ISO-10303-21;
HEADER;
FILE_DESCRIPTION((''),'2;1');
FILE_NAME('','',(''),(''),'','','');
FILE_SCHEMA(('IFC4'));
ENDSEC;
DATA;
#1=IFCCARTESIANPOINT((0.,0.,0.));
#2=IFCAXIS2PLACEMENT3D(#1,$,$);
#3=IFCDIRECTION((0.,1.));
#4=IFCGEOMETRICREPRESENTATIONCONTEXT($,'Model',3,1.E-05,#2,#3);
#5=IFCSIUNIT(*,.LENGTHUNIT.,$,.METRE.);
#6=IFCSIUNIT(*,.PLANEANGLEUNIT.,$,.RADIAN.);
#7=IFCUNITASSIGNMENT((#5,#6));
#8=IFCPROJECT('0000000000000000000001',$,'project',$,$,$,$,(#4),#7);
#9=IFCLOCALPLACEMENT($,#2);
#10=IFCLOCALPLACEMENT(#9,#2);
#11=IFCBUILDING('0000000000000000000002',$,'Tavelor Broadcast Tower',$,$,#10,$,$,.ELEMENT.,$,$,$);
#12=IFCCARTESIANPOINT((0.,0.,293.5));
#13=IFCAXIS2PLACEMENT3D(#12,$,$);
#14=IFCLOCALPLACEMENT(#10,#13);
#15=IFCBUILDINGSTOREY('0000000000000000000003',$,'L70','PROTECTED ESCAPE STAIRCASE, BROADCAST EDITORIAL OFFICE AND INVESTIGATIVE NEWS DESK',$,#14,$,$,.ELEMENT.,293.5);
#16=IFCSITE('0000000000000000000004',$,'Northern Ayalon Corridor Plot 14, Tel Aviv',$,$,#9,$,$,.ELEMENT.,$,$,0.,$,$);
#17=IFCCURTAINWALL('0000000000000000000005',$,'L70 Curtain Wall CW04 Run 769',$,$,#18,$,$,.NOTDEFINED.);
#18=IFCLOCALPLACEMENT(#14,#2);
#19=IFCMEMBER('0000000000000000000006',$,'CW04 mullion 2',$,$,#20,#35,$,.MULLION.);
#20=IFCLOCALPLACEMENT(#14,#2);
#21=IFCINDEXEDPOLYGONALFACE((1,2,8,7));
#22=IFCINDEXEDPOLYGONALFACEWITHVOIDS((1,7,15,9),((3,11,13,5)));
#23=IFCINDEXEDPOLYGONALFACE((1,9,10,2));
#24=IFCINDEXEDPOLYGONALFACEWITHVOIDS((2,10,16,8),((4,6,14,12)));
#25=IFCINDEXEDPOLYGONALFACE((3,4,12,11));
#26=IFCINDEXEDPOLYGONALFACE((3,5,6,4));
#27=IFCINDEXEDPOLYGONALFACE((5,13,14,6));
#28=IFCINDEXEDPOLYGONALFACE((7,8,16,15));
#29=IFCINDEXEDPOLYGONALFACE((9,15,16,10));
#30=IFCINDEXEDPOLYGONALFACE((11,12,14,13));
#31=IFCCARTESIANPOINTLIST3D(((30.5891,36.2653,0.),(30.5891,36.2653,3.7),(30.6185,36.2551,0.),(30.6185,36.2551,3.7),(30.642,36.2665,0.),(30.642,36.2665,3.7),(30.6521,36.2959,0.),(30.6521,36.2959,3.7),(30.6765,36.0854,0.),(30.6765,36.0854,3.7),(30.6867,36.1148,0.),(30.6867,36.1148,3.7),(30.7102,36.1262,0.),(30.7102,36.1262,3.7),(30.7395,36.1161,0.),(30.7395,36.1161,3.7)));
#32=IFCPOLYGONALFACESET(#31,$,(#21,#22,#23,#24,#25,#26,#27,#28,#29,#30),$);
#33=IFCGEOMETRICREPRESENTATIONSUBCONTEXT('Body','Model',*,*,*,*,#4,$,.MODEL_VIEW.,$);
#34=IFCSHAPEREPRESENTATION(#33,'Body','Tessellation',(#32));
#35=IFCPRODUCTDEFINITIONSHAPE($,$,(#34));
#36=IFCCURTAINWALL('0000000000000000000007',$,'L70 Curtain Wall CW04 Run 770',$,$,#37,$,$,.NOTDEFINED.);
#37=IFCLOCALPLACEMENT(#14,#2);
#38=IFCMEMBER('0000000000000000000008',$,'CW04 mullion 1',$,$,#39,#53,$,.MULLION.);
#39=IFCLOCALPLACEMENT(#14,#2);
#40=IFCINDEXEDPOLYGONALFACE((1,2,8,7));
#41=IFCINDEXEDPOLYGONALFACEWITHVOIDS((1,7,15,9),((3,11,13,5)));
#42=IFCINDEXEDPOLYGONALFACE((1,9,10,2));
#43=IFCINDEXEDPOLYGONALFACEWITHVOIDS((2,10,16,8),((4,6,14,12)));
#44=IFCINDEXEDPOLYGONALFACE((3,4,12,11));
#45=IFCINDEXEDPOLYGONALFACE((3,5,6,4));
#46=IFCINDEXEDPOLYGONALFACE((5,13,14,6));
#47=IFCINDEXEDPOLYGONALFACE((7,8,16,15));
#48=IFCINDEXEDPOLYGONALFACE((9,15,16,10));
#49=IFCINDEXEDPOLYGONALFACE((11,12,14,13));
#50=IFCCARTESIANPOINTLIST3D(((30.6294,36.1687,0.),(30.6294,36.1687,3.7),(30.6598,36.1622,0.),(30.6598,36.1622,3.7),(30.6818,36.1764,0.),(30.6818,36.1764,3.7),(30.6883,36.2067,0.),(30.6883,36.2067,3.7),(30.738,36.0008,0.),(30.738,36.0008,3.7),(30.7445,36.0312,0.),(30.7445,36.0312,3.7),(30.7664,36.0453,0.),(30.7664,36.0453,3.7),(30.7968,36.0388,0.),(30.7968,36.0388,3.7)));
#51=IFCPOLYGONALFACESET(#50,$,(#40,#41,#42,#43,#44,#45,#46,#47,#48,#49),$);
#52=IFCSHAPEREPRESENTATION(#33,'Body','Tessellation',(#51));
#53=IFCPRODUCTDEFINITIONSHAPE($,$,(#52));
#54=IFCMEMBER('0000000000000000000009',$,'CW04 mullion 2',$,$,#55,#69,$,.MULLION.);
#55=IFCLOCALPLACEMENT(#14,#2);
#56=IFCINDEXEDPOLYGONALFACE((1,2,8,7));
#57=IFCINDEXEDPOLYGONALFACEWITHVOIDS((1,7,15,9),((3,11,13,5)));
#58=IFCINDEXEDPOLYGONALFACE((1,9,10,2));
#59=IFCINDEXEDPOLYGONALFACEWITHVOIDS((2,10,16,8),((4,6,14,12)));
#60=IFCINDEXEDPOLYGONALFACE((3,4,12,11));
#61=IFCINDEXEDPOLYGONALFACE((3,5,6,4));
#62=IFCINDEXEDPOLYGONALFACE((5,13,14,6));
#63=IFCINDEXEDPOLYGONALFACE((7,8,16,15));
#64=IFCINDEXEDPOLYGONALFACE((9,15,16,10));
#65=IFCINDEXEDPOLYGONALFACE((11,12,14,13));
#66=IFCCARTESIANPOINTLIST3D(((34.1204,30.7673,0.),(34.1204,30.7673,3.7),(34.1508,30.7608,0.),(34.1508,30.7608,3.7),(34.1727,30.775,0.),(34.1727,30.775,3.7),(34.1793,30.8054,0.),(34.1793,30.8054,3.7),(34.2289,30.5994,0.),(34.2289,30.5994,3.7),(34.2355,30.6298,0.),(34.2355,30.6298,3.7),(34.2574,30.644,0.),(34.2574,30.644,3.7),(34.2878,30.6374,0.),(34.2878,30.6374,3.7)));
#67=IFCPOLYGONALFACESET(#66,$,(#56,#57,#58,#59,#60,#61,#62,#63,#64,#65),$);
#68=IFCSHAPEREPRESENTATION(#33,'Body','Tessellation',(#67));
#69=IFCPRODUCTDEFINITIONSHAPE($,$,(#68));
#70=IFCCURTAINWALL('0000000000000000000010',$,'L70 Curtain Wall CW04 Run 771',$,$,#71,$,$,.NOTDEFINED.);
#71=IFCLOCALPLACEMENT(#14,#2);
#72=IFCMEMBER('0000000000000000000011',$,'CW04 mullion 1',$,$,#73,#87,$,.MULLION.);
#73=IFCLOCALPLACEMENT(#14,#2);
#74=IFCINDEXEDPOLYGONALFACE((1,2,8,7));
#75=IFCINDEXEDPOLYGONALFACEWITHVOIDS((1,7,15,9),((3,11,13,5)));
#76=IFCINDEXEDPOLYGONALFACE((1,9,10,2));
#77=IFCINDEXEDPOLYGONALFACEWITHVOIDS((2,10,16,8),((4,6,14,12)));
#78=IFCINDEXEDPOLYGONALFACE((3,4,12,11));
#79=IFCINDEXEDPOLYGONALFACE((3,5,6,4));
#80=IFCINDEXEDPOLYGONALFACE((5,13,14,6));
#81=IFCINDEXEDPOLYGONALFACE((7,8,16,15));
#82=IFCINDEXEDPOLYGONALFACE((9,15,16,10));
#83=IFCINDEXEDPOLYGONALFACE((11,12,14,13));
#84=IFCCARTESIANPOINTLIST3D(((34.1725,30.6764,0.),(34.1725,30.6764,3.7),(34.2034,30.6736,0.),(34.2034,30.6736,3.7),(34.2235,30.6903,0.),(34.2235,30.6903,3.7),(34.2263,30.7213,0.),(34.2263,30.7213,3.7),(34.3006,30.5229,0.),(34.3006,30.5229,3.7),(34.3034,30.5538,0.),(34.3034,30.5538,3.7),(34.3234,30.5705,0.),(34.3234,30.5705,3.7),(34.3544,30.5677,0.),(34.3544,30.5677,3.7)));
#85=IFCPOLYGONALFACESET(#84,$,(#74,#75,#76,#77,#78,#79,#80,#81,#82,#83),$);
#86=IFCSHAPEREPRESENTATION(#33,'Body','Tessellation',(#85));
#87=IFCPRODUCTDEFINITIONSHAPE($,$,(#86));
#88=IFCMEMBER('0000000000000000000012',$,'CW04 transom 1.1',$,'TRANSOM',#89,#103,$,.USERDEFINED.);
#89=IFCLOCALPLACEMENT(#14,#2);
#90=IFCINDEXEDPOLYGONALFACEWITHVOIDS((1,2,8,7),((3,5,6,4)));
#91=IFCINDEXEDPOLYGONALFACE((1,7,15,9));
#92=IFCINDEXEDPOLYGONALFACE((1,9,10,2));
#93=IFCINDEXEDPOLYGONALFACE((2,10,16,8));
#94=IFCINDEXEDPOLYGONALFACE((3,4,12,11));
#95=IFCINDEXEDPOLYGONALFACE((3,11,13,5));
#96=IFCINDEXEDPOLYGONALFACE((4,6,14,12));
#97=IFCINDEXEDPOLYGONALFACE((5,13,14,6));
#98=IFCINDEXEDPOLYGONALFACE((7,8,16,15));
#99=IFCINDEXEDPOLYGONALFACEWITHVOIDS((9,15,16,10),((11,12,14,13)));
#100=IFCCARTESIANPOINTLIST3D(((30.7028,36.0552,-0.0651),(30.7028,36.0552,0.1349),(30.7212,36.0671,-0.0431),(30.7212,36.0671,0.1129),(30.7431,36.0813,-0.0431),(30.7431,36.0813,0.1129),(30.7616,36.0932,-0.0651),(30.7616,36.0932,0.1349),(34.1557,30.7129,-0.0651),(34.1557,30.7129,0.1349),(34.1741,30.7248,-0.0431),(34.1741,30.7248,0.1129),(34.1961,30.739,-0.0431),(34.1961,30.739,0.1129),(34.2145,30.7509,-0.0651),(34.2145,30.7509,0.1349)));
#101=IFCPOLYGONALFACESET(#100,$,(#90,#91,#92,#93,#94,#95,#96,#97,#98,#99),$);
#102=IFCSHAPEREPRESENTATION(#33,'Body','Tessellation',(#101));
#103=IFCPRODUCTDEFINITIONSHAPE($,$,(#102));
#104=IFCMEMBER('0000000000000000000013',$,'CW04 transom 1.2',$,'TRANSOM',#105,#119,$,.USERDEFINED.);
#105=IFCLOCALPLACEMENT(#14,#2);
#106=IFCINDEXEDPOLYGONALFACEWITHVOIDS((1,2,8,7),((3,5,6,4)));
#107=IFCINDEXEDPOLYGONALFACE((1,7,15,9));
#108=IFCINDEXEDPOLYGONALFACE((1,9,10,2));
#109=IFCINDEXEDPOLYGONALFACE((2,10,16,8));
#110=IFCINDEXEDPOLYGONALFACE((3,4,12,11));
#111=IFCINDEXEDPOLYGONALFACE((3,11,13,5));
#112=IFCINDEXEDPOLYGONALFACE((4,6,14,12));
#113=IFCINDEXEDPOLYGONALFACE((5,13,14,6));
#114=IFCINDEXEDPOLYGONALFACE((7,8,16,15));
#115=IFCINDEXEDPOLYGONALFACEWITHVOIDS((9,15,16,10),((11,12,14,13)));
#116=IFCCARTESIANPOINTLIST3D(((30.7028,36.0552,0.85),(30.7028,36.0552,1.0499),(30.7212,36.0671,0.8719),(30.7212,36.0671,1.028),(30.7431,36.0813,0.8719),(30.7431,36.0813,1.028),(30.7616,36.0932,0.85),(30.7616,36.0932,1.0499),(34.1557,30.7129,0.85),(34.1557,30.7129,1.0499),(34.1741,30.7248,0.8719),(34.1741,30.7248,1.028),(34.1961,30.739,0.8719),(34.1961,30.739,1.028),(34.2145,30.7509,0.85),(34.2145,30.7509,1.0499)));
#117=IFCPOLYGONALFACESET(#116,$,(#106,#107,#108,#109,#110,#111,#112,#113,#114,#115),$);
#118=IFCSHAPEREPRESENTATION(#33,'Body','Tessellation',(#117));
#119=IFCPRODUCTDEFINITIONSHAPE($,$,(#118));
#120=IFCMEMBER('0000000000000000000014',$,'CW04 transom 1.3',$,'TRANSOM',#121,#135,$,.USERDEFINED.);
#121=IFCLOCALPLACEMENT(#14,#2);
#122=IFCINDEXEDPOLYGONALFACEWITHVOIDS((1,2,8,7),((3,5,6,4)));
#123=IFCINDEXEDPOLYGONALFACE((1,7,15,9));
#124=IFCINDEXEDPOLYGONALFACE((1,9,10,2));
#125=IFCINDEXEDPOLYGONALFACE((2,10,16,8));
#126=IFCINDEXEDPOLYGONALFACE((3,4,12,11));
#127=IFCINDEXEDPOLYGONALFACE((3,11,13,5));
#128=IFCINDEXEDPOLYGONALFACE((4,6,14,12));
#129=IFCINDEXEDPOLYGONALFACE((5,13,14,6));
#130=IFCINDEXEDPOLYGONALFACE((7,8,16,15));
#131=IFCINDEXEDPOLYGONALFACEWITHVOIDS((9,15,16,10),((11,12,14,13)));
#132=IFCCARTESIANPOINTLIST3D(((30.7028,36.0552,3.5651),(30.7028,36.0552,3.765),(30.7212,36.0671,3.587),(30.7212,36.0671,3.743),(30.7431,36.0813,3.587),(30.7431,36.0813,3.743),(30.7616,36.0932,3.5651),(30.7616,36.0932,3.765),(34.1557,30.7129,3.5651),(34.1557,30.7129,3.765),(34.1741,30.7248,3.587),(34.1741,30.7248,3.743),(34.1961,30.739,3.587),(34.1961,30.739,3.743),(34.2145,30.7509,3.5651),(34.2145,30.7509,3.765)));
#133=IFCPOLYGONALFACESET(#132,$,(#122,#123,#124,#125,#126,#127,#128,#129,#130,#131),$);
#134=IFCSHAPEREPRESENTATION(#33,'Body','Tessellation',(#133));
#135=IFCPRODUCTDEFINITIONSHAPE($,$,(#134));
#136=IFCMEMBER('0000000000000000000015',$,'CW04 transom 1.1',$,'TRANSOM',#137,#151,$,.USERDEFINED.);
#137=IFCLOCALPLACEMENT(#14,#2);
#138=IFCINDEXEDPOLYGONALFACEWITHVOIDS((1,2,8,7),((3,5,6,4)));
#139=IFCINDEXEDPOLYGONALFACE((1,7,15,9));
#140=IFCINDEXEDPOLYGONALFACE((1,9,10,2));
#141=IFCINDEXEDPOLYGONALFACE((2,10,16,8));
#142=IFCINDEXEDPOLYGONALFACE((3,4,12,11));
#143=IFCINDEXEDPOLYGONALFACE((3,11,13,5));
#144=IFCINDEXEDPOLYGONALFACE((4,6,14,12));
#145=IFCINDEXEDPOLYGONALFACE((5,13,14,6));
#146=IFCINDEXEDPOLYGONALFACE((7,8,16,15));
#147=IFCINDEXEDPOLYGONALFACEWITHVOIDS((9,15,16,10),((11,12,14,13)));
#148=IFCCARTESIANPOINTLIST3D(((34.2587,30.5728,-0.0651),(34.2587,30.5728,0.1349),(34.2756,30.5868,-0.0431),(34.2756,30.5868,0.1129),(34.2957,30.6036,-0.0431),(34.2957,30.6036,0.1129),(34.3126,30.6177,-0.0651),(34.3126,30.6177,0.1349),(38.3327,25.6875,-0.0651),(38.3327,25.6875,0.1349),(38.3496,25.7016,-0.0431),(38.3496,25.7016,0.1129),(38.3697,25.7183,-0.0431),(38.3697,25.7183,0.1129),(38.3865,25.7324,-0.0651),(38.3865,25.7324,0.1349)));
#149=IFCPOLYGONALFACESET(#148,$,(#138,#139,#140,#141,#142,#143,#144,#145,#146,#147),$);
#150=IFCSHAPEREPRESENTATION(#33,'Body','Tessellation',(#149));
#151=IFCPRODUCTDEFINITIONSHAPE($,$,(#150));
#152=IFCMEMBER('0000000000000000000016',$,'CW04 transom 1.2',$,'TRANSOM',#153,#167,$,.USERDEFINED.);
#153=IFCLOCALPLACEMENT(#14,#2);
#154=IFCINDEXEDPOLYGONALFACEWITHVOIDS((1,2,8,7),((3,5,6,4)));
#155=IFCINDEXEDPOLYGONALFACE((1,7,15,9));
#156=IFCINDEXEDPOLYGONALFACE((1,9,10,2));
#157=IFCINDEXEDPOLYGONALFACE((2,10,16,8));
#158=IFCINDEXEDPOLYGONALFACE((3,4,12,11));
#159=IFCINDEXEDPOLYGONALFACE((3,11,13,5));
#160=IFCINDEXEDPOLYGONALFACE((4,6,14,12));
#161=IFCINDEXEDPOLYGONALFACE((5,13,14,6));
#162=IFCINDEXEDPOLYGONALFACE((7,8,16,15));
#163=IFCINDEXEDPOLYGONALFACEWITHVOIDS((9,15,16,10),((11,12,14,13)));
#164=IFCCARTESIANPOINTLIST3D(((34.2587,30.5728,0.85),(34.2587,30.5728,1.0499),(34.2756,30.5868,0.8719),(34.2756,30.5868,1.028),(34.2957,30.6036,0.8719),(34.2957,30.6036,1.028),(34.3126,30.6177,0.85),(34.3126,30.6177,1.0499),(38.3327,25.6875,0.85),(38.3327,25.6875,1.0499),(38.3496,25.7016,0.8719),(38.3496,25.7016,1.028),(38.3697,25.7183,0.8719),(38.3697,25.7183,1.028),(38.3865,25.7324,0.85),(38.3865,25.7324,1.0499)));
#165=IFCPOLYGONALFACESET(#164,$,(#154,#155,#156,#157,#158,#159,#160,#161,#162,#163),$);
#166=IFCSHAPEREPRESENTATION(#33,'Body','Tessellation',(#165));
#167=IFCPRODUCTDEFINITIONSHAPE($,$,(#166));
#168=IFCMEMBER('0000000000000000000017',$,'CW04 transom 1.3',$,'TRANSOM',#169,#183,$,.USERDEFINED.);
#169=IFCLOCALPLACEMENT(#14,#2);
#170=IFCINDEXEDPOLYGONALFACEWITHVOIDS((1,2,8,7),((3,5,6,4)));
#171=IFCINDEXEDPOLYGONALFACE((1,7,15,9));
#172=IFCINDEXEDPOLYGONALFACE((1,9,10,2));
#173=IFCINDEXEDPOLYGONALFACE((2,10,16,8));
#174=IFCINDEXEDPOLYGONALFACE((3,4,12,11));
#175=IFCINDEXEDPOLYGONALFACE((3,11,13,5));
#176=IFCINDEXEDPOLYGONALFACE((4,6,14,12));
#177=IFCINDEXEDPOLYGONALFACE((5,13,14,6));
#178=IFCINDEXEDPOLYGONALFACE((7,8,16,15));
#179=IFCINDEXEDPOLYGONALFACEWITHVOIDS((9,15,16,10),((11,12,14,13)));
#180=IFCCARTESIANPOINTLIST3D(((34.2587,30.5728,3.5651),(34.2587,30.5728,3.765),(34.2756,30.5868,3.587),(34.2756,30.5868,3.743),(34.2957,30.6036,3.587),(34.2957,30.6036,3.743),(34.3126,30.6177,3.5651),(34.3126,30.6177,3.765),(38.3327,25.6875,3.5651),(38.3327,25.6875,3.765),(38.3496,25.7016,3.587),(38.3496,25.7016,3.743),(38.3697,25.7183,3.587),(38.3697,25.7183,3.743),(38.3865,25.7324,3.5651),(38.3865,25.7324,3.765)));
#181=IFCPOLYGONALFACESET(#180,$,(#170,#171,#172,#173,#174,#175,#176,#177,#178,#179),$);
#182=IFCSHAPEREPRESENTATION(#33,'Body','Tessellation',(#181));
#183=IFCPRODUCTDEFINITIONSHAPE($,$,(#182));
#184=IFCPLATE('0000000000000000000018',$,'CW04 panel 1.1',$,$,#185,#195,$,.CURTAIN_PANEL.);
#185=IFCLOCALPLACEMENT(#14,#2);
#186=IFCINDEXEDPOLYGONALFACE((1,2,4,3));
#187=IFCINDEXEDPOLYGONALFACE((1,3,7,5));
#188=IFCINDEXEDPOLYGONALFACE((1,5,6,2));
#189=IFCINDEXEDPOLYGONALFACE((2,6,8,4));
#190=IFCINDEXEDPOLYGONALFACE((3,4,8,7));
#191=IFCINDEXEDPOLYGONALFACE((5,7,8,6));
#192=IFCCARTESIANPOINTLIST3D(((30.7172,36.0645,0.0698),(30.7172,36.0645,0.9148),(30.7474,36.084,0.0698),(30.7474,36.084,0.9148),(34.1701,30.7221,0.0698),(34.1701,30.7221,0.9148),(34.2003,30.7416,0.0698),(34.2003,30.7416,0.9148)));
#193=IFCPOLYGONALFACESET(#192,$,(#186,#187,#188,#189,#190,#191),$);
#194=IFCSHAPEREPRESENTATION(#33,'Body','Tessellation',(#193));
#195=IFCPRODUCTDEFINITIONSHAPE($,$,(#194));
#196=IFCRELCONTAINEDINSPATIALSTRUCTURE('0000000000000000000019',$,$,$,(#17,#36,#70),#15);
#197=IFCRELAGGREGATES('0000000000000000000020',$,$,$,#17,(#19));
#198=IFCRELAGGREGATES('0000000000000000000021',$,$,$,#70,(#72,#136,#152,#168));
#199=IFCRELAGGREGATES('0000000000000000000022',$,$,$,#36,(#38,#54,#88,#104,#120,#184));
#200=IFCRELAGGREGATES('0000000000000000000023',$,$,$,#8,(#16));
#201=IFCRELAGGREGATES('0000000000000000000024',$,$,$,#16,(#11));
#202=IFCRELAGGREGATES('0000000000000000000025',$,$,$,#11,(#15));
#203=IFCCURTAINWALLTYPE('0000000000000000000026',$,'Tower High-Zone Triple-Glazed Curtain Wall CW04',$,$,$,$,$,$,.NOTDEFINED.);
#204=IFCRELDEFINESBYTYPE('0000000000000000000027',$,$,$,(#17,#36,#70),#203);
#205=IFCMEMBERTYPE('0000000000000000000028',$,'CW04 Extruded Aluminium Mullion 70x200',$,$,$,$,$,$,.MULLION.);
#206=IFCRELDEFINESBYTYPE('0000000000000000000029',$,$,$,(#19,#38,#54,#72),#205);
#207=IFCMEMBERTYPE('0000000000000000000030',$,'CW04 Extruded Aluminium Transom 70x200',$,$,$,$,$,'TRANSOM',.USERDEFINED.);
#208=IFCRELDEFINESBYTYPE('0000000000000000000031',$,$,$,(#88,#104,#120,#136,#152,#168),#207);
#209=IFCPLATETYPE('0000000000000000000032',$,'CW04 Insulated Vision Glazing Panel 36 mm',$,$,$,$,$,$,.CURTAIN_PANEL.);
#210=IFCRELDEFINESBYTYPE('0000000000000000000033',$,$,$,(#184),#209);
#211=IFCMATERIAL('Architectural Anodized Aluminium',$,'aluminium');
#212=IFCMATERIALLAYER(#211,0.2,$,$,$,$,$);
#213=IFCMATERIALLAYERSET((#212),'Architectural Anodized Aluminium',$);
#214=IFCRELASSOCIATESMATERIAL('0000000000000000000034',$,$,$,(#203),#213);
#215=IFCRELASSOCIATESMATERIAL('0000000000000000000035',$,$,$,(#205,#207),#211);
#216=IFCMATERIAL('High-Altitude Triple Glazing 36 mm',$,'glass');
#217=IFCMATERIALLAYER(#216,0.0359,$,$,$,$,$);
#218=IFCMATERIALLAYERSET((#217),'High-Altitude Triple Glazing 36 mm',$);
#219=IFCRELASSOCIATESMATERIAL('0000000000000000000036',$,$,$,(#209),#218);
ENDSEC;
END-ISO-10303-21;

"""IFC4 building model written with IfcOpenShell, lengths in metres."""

from ifc_helpers import new_model, si_unit, direction, frame, origin, origin_2d, place, context, subcontext, project, spatial, rectangle, hollow_rectangle, extrude, source, transform, mapped, material, layer, layer_set, material_profile, profile_set, type_object, type_shapes, element, aggregate, save


model = new_model("IFC4")

# Units and contexts
model_context = context("Model", 3, precision=1e-05, world=origin(), true_north=direction((0.0, 1.0)))
body_context = subcontext(model_context, "Body", "Model", "MODEL_VIEW")
ifc_project = project(units=[si_unit("LENGTHUNIT", "METRE"), si_unit("PLANEANGLEUNIT", "RADIAN")], contexts=[model_context])

# Site, building, storey
site_placement = place(None, origin())
site = spatial("IfcSite", under=ifc_project, at=site_placement, Name="Northern Ayalon Corridor Plot 14, Tel Aviv", CompositionType="ELEMENT", RefElevation=0.0)
building_placement = place(site_placement, origin())
building = spatial("IfcBuilding", under=site, at=building_placement, Name="Tavelor Broadcast Tower", CompositionType="ELEMENT")
storey_placement = place(building_placement, frame((0.0, 0.0, 293.5)))
storey = spatial("IfcBuildingStorey", under=building, at=storey_placement, Name="L70", Description="PROTECTED ESCAPE STAIRCASE, BROADCAST EDITORIAL OFFICE AND INVESTIGATIVE NEWS DESK", CompositionType="ELEMENT", Elevation=293.5)

# Curtain wall, member
ifc_material_1 = material(Name="Architectural Anodized Aluminium", Category="aluminium")
ifc_layer_1 = layer(ifc_material_1, 0.2)
ifc_layer_set_1 = layer_set([ifc_layer_1], Name="Architectural Anodized Aluminium")
curtain_wall_type = type_object("IfcCurtainWallType", Name="Tower High-Zone Triple-Glazed Curtain Wall CW04", PredefinedType="NOTDEFINED", material=ifc_layer_set_1)
curtain_wall_1_placement = place(storey_placement, origin())
curtain_wall_1 = element("IfcCurtainWall", 1, at=curtain_wall_1_placement, inside=storey, type_object=curtain_wall_type, Name="L70 Curtain Wall CW04 Run 769", PredefinedType="NOTDEFINED")
ifc_material_profile_1 = material_profile(ifc_material_1, hollow_rectangle(XDim=0.0701, YDim=0.2, WallThickness=0.022, at=origin_2d()), Name="RHS 70x200x22")
ifc_profile_set_1 = profile_set([ifc_material_profile_1], Name="Architectural Anodized Aluminium")
member_type_1 = type_object("IfcMemberType", Name="CW04 Extruded Aluminium Mullion 70x200", PredefinedType="MULLION", material=ifc_profile_set_1)
shared_shape_1 = source(origin(), body_context, "Body", "SweptSolid", [
    extrude(hollow_rectangle(XDim=0.0701, YDim=0.2, WallThickness=0.022, at=origin_2d()), origin(), (0.0, 0.0, 1.0), 3.7),
])
type_shapes(member_type_1, [shared_shape_1])
member_1_placement = place(storey_placement, frame((30.6643, 36.1907, 0.0), z_axis=(0.0, 0.0, 1.0), x_axis=(0.899371, 0.437186, 0.0)))
member_1 = element("IfcMember", 2, at=member_1_placement, type_object=member_type_1, Name="CW04 mullion 2", PredefinedType="MULLION", context=body_context, shape_type="MappedRepresentation", body=[
    mapped(shared_shape_1, transform((0.0, 0.0, 0.0), scale=1.0)),
])
aggregate(curtain_wall_1, [member_1])

# Curtain wall, members
curtain_wall_2_placement = place(storey_placement, origin())
curtain_wall_2 = element("IfcCurtainWall", 3, at=curtain_wall_2_placement, inside=storey, type_object=curtain_wall_type, Name="L70 Curtain Wall CW04 Run 770", PredefinedType="NOTDEFINED")
member_2_placement = place(storey_placement, frame((30.7131, 36.1038, 0.0), z_axis=(0.0, 0.0, 1.0), x_axis=(0.839854, 0.542813, 0.0)))
member_2 = element("IfcMember", 4, at=member_2_placement, type_object=member_type_1, Name="CW04 mullion 1", PredefinedType="MULLION", context=body_context, shape_type="MappedRepresentation", body=[
    mapped(shared_shape_1, transform((0.0, 0.0, 0.0), scale=1.0)),
])
member_3_placement = place(storey_placement, frame((34.2041, 30.7024, 0.0), z_axis=(0.0, 0.0, 1.0), x_axis=(0.839854, 0.542813, 0.0)))
member_3 = element("IfcMember", 5, at=member_3_placement, type_object=member_type_1, Name="CW04 mullion 2", PredefinedType="MULLION", context=body_context, shape_type="MappedRepresentation", body=[
    mapped(shared_shape_1, transform((0.0, 0.0, 0.0), scale=1.0)),
])

# Curtain wall, member
curtain_wall_3_placement = place(storey_placement, origin())
curtain_wall_3 = element("IfcCurtainWall", 6, at=curtain_wall_3_placement, inside=storey, type_object=curtain_wall_type, Name="L70 Curtain Wall CW04 Run 771", PredefinedType="NOTDEFINED")
member_4_placement = place(storey_placement, frame((34.2634, 30.6221, 0.0), z_axis=(0.0, 0.0, 1.0), x_axis=(0.767999, 0.640451, 0.0)))
member_4 = element("IfcMember", 7, at=member_4_placement, type_object=member_type_1, Name="CW04 mullion 1", PredefinedType="MULLION", context=body_context, shape_type="MappedRepresentation", body=[
    mapped(shared_shape_1, transform((0.0, 0.0, 0.0), scale=1.0)),
])

# Members
ifc_material_profile_2 = material_profile(ifc_material_1, hollow_rectangle(XDim=0.0701, YDim=0.2, WallThickness=0.022, at=origin_2d()), Name="RHS 70x200x22")
ifc_profile_set_2 = profile_set([ifc_material_profile_2], Name="Architectural Anodized Aluminium")
member_type_2 = type_object("IfcMemberType", Name="CW04 Extruded Aluminium Transom 70x200", ElementType="TRANSOM", PredefinedType="USERDEFINED", material=ifc_profile_set_2)
shared_shape_2 = source(origin(), body_context, "Body", "SweptSolid", [
    extrude(hollow_rectangle(XDim=0.0701, YDim=0.2, WallThickness=0.022, at=origin_2d()), origin(), (0.0, 0.0, 1.0), 6.3611),
])
type_shapes(member_type_2, [shared_shape_2])
member_5_placement = place(storey_placement, frame((30.7322, 36.0742, 0.0349), z_axis=(0.54282, -0.839849, 0.0), x_axis=(0.839849, 0.54282, 0.0)))
member_5 = element("IfcMember", 8, at=member_5_placement, type_object=member_type_2, Name="CW04 transom 1.1", ObjectType="TRANSOM", PredefinedType="USERDEFINED", context=body_context, shape_type="MappedRepresentation", body=[
    mapped(shared_shape_2, transform((0.0, 0.0, 0.0), scale=1.0)),
])
member_6_placement = place(storey_placement, frame((30.7322, 36.0742, 0.95), z_axis=(0.54282, -0.839849, 0.0), x_axis=(0.839849, 0.54282, 0.0)))
member_6 = element("IfcMember", 9, at=member_6_placement, type_object=member_type_2, Name="CW04 transom 1.2", ObjectType="TRANSOM", PredefinedType="USERDEFINED", context=body_context, shape_type="MappedRepresentation", body=[
    mapped(shared_shape_2, transform((0.0, 0.0, 0.0), scale=1.0)),
])
member_7_placement = place(storey_placement, frame((30.7322, 36.0742, 3.665), z_axis=(0.54282, -0.839849, 0.0), x_axis=(0.839849, 0.54282, 0.0)))
member_7 = element("IfcMember", 10, at=member_7_placement, type_object=member_type_2, Name="CW04 transom 1.3", ObjectType="TRANSOM", PredefinedType="USERDEFINED", context=body_context, shape_type="MappedRepresentation", body=[
    mapped(shared_shape_2, transform((0.0, 0.0, 0.0), scale=1.0)),
])
member_8_placement = place(storey_placement, frame((34.2856, 30.5952, 0.0349), z_axis=(0.640456, -0.767995, 0.0), x_axis=(0.767995, 0.640456, 0.0)))
member_8 = element("IfcMember", 11, at=member_8_placement, type_object=member_type_2, Name="CW04 transom 1.1", ObjectType="TRANSOM", PredefinedType="USERDEFINED", context=body_context, shape_type="MappedRepresentation", body=[
    mapped(shared_shape_2, transform((0.0, 0.0, 0.0), scale=1.0)),
])
member_9_placement = place(storey_placement, frame((34.2856, 30.5952, 0.95), z_axis=(0.640456, -0.767995, 0.0), x_axis=(0.767995, 0.640456, 0.0)))
member_9 = element("IfcMember", 12, at=member_9_placement, type_object=member_type_2, Name="CW04 transom 1.2", ObjectType="TRANSOM", PredefinedType="USERDEFINED", context=body_context, shape_type="MappedRepresentation", body=[
    mapped(shared_shape_2, transform((0.0, 0.0, 0.0), scale=1.0)),
])
member_10_placement = place(storey_placement, frame((34.2856, 30.5952, 3.665), z_axis=(0.640456, -0.767995, 0.0), x_axis=(0.767995, 0.640456, 0.0)))
member_10 = element("IfcMember", 13, at=member_10_placement, type_object=member_type_2, Name="CW04 transom 1.3", ObjectType="TRANSOM", PredefinedType="USERDEFINED", context=body_context, shape_type="MappedRepresentation", body=[
    mapped(shared_shape_2, transform((0.0, 0.0, 0.0), scale=1.0)),
])

# Plate
ifc_material_2 = material(Name="High-Altitude Triple Glazing 36 mm", Category="glass")
ifc_layer_2 = layer(ifc_material_2, 0.0359)
ifc_layer_set_2 = layer_set([ifc_layer_2], Name="High-Altitude Triple Glazing 36 mm")
plate_type = type_object("IfcPlateType", Name="CW04 Insulated Vision Glazing Panel 36 mm", PredefinedType="CURTAIN_PANEL", material=ifc_layer_set_2)
shared_shape_3 = source(origin(), body_context, "Body", "SweptSolid", [
    extrude(rectangle(XDim=6.3611, YDim=0.0359, at=origin_2d()), origin(), (0.0, 0.0, 1.0), 0.845),
])
plate_1_placement = place(storey_placement, frame((32.4587, 33.4031, 0.0698), z_axis=(0.0, 0.0, 1.0), x_axis=(0.542813, -0.839854, 0.0)))
plate_1 = element("IfcPlate", 14, at=plate_1_placement, type_object=plate_type, Name="CW04 panel 1.1", PredefinedType="CURTAIN_PANEL", context=body_context, shape_type="MappedRepresentation", body=[
    mapped(shared_shape_3, transform((0.0, 0.0, 0.0), scale=1.0)),
])
aggregate(curtain_wall_3, [member_4, member_8, member_9, member_10])
aggregate(curtain_wall_2, [member_2, member_3, member_5, member_6, member_7, plate_1])

save(model, "model.ifc")
